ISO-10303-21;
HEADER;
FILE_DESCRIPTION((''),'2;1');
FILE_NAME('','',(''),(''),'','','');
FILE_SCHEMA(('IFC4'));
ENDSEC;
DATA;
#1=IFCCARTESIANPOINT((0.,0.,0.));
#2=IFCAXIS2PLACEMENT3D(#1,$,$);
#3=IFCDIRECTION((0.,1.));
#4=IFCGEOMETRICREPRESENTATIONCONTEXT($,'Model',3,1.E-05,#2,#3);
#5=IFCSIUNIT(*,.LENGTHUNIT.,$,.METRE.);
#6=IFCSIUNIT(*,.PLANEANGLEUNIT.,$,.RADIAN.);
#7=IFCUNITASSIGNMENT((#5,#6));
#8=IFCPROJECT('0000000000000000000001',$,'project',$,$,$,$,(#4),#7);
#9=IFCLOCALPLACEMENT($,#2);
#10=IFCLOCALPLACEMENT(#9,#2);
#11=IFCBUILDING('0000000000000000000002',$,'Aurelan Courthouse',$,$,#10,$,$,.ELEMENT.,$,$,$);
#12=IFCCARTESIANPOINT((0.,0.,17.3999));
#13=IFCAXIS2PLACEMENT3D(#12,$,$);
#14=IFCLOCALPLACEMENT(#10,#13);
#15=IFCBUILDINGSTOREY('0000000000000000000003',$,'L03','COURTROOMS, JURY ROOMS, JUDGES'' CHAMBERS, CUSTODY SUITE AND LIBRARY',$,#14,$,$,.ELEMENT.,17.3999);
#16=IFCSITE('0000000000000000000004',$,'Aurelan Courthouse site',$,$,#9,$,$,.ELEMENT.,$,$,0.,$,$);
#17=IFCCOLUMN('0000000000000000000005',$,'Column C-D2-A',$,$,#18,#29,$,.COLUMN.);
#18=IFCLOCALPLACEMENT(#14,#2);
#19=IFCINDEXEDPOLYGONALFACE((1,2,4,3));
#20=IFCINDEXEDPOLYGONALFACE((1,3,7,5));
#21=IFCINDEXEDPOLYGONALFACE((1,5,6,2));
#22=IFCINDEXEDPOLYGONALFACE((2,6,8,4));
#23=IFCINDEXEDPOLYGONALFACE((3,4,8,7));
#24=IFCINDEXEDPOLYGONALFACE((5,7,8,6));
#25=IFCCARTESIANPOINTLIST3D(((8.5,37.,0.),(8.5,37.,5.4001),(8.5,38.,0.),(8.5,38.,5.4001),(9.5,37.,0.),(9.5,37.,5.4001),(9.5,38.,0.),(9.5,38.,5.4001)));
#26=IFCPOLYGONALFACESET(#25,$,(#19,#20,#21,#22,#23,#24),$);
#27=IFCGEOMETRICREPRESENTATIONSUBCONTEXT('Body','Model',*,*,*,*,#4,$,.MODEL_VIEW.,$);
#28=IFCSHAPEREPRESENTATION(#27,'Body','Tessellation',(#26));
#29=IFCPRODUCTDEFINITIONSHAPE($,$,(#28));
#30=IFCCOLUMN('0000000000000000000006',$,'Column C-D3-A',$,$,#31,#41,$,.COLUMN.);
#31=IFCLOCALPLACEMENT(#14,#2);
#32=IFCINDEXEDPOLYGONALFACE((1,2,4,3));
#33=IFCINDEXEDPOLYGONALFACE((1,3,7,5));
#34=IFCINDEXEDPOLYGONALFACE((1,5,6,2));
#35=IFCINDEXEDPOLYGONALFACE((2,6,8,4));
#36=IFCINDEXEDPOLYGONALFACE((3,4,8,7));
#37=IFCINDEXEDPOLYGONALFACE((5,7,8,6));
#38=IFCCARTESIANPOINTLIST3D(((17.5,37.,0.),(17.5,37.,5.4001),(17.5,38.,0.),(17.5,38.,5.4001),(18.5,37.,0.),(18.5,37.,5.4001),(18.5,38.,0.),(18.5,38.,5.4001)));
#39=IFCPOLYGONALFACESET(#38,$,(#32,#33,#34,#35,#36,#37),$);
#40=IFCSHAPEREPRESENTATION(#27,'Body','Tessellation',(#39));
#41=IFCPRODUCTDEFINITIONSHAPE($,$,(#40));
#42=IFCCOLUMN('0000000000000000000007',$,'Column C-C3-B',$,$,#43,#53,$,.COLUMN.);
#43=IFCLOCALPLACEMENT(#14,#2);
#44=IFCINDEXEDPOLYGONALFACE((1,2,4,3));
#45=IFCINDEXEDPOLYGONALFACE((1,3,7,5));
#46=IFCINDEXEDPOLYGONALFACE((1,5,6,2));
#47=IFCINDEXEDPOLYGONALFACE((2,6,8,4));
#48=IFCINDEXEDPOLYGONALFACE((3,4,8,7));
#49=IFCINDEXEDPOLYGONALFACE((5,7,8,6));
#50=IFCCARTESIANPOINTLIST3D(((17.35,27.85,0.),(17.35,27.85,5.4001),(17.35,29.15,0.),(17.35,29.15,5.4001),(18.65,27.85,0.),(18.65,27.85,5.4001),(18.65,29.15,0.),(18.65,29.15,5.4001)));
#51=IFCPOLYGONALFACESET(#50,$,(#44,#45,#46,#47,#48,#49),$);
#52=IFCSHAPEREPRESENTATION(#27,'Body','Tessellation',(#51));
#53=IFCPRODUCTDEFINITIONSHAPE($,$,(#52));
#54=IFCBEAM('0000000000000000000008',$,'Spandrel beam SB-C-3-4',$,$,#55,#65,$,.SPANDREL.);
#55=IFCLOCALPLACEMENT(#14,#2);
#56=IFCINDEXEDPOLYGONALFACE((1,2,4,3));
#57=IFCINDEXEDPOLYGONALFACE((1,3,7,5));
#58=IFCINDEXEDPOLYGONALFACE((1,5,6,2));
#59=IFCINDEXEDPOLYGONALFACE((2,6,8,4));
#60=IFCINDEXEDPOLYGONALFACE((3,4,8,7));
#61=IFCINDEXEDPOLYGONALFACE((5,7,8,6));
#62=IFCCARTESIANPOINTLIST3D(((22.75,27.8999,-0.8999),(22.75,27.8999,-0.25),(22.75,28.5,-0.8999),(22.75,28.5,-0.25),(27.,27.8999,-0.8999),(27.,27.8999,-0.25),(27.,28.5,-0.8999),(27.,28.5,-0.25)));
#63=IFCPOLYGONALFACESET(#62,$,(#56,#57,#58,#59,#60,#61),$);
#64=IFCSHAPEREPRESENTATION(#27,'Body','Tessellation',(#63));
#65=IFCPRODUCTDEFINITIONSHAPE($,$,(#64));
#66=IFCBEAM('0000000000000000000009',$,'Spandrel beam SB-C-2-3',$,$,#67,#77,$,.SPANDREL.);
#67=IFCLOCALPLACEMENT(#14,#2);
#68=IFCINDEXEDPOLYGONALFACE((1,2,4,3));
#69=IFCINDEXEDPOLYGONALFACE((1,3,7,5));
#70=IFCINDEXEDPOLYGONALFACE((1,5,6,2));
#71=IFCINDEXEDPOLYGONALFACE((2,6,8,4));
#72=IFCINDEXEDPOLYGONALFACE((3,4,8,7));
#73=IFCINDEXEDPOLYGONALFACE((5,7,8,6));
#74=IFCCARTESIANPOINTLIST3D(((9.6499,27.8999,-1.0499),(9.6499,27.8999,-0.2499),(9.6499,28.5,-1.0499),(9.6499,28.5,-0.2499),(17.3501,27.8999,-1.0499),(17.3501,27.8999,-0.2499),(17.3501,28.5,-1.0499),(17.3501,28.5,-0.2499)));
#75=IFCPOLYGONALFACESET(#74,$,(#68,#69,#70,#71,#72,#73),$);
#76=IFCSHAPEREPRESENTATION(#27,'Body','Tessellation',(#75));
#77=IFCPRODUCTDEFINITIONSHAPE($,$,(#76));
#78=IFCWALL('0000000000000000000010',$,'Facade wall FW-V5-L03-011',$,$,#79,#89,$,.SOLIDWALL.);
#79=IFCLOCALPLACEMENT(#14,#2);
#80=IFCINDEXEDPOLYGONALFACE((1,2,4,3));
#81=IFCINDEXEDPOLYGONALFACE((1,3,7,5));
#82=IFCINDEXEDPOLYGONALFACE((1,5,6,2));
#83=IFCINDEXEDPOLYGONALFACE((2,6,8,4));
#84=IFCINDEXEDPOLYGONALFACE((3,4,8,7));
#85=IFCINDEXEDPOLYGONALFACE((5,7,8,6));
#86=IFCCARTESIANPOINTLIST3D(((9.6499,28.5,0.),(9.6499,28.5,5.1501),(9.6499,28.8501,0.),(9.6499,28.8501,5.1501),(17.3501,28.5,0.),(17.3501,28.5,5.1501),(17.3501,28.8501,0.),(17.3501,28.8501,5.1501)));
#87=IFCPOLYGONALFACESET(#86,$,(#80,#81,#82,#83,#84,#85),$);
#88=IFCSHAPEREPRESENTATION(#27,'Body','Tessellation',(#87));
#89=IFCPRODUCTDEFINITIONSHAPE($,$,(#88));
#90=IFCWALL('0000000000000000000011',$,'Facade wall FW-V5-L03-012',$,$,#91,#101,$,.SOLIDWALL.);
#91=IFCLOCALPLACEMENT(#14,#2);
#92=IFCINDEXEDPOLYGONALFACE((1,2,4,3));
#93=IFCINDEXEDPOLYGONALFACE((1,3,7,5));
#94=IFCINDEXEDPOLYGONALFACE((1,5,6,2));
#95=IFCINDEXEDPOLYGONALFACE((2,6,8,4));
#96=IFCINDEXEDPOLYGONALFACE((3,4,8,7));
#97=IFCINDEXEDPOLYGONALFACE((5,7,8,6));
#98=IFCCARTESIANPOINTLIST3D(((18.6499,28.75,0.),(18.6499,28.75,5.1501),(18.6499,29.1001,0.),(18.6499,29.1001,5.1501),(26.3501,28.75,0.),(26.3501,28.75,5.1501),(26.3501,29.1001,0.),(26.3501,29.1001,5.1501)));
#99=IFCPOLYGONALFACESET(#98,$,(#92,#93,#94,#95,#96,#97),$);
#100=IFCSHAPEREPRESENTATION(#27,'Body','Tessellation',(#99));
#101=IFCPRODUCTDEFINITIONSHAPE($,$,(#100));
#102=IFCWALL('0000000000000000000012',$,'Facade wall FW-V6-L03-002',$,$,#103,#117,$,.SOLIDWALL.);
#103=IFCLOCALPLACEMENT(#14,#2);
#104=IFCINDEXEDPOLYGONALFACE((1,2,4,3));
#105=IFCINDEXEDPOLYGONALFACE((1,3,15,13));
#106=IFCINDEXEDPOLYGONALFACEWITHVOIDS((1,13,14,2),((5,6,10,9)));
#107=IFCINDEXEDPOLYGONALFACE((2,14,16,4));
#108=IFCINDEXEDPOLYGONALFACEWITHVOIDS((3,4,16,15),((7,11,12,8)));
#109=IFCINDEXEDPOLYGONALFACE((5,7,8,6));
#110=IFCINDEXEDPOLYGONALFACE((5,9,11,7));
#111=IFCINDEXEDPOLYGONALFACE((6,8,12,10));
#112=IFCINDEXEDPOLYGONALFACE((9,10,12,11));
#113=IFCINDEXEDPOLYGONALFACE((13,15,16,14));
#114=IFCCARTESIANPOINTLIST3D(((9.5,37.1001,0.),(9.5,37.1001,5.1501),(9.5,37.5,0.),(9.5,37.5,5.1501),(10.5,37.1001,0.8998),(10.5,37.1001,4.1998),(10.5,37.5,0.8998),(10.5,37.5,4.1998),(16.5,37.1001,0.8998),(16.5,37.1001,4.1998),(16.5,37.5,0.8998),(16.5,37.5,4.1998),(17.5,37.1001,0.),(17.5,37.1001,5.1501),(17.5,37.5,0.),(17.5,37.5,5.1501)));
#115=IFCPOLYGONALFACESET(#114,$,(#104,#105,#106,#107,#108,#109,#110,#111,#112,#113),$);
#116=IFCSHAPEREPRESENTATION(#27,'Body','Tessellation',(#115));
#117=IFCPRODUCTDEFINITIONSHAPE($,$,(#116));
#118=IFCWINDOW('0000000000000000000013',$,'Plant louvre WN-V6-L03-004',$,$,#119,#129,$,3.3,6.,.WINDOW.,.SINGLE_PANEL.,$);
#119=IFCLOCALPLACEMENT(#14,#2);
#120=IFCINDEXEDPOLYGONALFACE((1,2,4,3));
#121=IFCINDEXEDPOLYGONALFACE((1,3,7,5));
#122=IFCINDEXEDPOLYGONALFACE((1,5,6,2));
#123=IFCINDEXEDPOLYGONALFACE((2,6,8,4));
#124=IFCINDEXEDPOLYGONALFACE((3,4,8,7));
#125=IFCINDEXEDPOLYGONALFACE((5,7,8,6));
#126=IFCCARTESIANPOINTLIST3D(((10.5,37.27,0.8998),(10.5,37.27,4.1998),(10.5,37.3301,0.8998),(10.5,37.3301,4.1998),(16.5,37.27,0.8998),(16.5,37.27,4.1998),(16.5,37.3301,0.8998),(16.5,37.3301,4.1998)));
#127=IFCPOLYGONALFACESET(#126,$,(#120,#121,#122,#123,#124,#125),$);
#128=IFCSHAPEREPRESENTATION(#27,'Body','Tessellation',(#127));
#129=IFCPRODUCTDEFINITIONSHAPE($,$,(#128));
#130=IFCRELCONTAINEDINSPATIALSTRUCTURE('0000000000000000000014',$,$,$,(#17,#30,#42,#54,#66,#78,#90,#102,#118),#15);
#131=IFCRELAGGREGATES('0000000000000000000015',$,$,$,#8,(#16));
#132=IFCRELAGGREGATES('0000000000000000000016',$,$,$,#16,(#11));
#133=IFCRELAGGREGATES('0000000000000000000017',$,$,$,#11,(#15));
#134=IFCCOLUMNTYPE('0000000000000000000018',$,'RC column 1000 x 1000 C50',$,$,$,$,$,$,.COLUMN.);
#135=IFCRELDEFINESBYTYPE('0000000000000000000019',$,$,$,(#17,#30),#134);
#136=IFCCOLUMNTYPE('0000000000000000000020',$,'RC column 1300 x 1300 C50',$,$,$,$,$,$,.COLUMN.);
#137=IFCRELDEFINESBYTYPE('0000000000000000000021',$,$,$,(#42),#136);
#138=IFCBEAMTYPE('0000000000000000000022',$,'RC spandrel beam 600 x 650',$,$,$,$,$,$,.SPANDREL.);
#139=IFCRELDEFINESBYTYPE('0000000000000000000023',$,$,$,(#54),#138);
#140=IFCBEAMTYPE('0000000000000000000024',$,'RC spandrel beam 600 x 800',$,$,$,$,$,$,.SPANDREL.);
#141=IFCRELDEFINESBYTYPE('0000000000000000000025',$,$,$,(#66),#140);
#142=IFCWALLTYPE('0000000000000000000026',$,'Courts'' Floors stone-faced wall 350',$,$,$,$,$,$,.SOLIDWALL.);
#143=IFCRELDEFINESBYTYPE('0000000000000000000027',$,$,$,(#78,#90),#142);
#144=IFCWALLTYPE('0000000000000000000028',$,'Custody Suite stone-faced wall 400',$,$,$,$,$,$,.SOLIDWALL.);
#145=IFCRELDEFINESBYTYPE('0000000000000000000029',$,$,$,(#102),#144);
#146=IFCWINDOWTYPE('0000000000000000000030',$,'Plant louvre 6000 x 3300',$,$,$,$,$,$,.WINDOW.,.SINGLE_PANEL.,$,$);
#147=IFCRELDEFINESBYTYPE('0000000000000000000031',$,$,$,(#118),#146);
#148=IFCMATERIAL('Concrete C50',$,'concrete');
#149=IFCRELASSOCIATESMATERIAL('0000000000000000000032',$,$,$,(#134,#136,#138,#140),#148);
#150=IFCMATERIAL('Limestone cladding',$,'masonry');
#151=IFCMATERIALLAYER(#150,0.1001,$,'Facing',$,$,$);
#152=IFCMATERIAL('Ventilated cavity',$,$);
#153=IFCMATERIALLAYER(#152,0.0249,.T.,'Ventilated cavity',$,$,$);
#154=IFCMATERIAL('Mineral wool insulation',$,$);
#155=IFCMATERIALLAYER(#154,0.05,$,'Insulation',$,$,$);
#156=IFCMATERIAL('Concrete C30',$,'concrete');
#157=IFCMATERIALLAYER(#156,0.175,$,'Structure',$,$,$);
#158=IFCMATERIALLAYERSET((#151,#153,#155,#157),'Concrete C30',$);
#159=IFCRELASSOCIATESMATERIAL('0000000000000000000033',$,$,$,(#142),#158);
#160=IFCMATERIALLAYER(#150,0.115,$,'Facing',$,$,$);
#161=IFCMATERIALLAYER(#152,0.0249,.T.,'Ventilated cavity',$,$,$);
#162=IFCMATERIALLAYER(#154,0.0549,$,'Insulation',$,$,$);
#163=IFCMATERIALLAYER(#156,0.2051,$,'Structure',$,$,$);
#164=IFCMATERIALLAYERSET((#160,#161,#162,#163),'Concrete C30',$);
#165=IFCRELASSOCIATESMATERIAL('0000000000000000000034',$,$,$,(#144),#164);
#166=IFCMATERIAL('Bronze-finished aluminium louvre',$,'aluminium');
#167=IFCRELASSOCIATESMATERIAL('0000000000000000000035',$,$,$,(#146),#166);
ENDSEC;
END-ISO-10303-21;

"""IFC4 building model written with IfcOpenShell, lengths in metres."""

from ifc_helpers import new_model, si_unit, direction, frame, frame_2d, origin, origin_2d, place, context, subcontext, project, spatial, rectangle, extrude, material, layer, layer_set, material_profile, profile_set, type_object, element, fill, save


model = new_model("IFC4")

# Units and contexts
model_context = context("Model", 3, precision=1e-05, world=origin(), true_north=direction((0.0, 1.0)))
body_context = subcontext(model_context, "Body", "Model", "MODEL_VIEW")
ifc_project = project(units=[si_unit("LENGTHUNIT", "METRE"), si_unit("PLANEANGLEUNIT", "RADIAN")], contexts=[model_context])

# Site, building, storey
site_placement = place(None, origin())
site = spatial("IfcSite", under=ifc_project, at=site_placement, Name="Aurelan Courthouse site", CompositionType="ELEMENT", RefElevation=0.0)
building_placement = place(site_placement, origin())
building = spatial("IfcBuilding", under=site, at=building_placement, Name="Aurelan Courthouse", CompositionType="ELEMENT")
storey_placement = place(building_placement, frame((0.0, 0.0, 17.3999)))
storey = spatial("IfcBuildingStorey", under=building, at=storey_placement, Name="L03", Description="COURTROOMS, JURY ROOMS, JUDGES' CHAMBERS, CUSTODY SUITE AND LIBRARY", CompositionType="ELEMENT", Elevation=17.3999)

# Columns
ifc_material_1 = material(Name="Concrete C50", Category="concrete")
ifc_material_profile_1 = material_profile(ifc_material_1, rectangle(XDim=1.0, YDim=1.0, at=origin_2d()), Name="RC 1000 x 1000")
ifc_profile_set_1 = profile_set([ifc_material_profile_1], Name="Concrete C50")
column_type_1 = type_object("IfcColumnType", Name="RC column 1000 x 1000 C50", PredefinedType="COLUMN", material=ifc_profile_set_1)
for number, where, z_axis, x_axis, name in (
    (1, (9.0, 37.5, 0.0), (0.0, 0.0, 1.0), (1.0, 0.0, 0.0), "Column C-D2-A"),
    (2, (18.0, 37.5, 0.0), (0.0, 0.0, 1.0), (1.0, 0.0, 0.0), "Column C-D3-A"),
):
    element("IfcColumn", number, at=place(storey_placement, frame(where, z_axis=z_axis, x_axis=x_axis)), inside=storey, type_object=column_type_1, Name=name, PredefinedType="COLUMN", context=body_context, shape_type="SweptSolid", body=[
        extrude(rectangle(XDim=1.0, YDim=1.0, at=origin_2d()), origin(), (0.0, 0.0, 1.0), 5.4001),
    ])
ifc_material_profile_2 = material_profile(ifc_material_1, rectangle(XDim=1.3, YDim=1.3, at=origin_2d()), Name="RC 1300 x 1300")
ifc_profile_set_2 = profile_set([ifc_material_profile_2], Name="Concrete C50")
column_type_2 = type_object("IfcColumnType", Name="RC column 1300 x 1300 C50", PredefinedType="COLUMN", material=ifc_profile_set_2)
column_placement = place(storey_placement, frame((18.0, 28.5, 0.0), z_axis=(0.0, 0.0, 1.0), x_axis=(1.0, 0.0, 0.0)))
element("IfcColumn", 3, at=column_placement, inside=storey, type_object=column_type_2, Name="Column C-C3-B", PredefinedType="COLUMN", context=body_context, shape_type="SweptSolid", body=[
    extrude(rectangle(XDim=1.3, YDim=1.3, at=origin_2d()), origin(), (0.0, 0.0, 1.0), 5.4001),
])

# Beams
ifc_material_profile_3 = material_profile(ifc_material_1, rectangle(XDim=0.6001, YDim=0.6499, at=origin_2d()), Name="RC 600 x 650")
ifc_profile_set_3 = profile_set([ifc_material_profile_3], Name="Concrete C50")
beam_type_1 = type_object("IfcBeamType", Name="RC spandrel beam 600 x 650", PredefinedType="SPANDREL", material=ifc_profile_set_3)
beam_1_placement = place(storey_placement, frame((22.75, 28.2, -0.575), z_axis=(1.0, 0.0, 0.0), x_axis=(0.0, 1.0, 0.0)))
element("IfcBeam", 4, at=beam_1_placement, inside=storey, type_object=beam_type_1, Name="Spandrel beam SB-C-3-4", PredefinedType="SPANDREL", context=body_context, shape_type="SweptSolid", body=[
    extrude(rectangle(XDim=0.6001, YDim=0.6499, at=origin_2d()), origin(), (0.0, 0.0, 1.0), 4.25),
])
ifc_material_profile_4 = material_profile(ifc_material_1, rectangle(XDim=0.6001, YDim=0.8, at=origin_2d()), Name="RC 600 x 800")
ifc_profile_set_4 = profile_set([ifc_material_profile_4], Name="Concrete C50")
beam_type_2 = type_object("IfcBeamType", Name="RC spandrel beam 600 x 800", PredefinedType="SPANDREL", material=ifc_profile_set_4)
beam_2_placement = place(storey_placement, frame((9.6499, 28.2, -0.6499), z_axis=(1.0, 0.0, 0.0), x_axis=(0.0, 1.0, 0.0)))
element("IfcBeam", 5, at=beam_2_placement, inside=storey, type_object=beam_type_2, Name="Spandrel beam SB-C-2-3", PredefinedType="SPANDREL", context=body_context, shape_type="SweptSolid", body=[
    extrude(rectangle(XDim=0.6001, YDim=0.8, at=origin_2d()), origin(), (0.0, 0.0, 1.0), 7.7002),
])

# Walls
ifc_material_2 = material(Name="Limestone cladding", Category="masonry")
ifc_layer_1 = layer(ifc_material_2, 0.1001, Name="Facing")
ifc_material_3 = material(Name="Ventilated cavity")
ifc_layer_2 = layer(ifc_material_3, 0.0249, ventilated=True, Name="Ventilated cavity")
ifc_material_4 = material(Name="Mineral wool insulation")
ifc_layer_3 = layer(ifc_material_4, 0.05, Name="Insulation")
ifc_material_5 = material(Name="Concrete C30", Category="concrete")
ifc_layer_4 = layer(ifc_material_5, 0.175, Name="Structure")
ifc_layer_set_1 = layer_set([ifc_layer_1, ifc_layer_2, ifc_layer_3, ifc_layer_4], Name="Concrete C30")
wall_type_1 = type_object("IfcWallType", Name="Courts' Floors stone-faced wall 350", PredefinedType="SOLIDWALL", material=ifc_layer_set_1)
for number, where, z_axis, x_axis, name in (
    (6, (9.6499, 28.675, 0.0), (0.0, 0.0, 1.0), (1.0, 0.0, 0.0), "Facade wall FW-V5-L03-011"),
    (7, (18.6499, 28.925, 0.0), (0.0, 0.0, 1.0), (1.0, 0.0, 0.0), "Facade wall FW-V5-L03-012"),
):
    element("IfcWall", number, at=place(storey_placement, frame(where, z_axis=z_axis, x_axis=x_axis)), inside=storey, type_object=wall_type_1, Name=name, PredefinedType="SOLIDWALL", context=body_context, shape_type="SweptSolid", body=[
        extrude(rectangle(XDim=7.7002, YDim=0.3501, at=frame_2d((3.8501, 0.0))), origin(), (0.0, 0.0, 1.0), 5.1501),
    ])

# Wall, opening, window
ifc_layer_5 = layer(ifc_material_2, 0.115, Name="Facing")
ifc_layer_6 = layer(ifc_material_3, 0.0249, ventilated=True, Name="Ventilated cavity")
ifc_layer_7 = layer(ifc_material_4, 0.0549, Name="Insulation")
ifc_layer_8 = layer(ifc_material_5, 0.2051, Name="Structure")
ifc_layer_set_2 = layer_set([ifc_layer_5, ifc_layer_6, ifc_layer_7, ifc_layer_8], Name="Concrete C30")
wall_type_2 = type_object("IfcWallType", Name="Custody Suite stone-faced wall 400", PredefinedType="SOLIDWALL", material=ifc_layer_set_2)
wall_1_placement = place(storey_placement, frame((9.5, 37.3, 0.0), z_axis=(0.0, 0.0, 1.0), x_axis=(1.0, 0.0, 0.0)))
wall_1 = element("IfcWall", 8, at=wall_1_placement, inside=storey, type_object=wall_type_2, Name="Facade wall FW-V6-L03-002", PredefinedType="SOLIDWALL", context=body_context, shape_type="SweptSolid", body=[
    extrude(rectangle(XDim=8.0, YDim=0.3999, at=frame_2d((4.0, 0.0))), origin(), (0.0, 0.0, 1.0), 5.1501),
])
opening_1_placement = place(wall_1_placement, frame((1.0, 0.0, 0.8999)))
opening_1 = element("IfcOpeningElement", 9, at=opening_1_placement, cuts=wall_1, PredefinedType="OPENING", context=body_context, shape_type="SweptSolid", body=[
    extrude(rectangle(XDim=6.0, YDim=3.3, at=frame_2d((3.0, 1.6499))), frame((0.0, 0.21, 0.0), z_axis=(0.0, -1.0, 0.0), x_axis=(1.0, 0.0, 0.0)), (0.0, 0.0, 1.0), 0.4199),
])
ifc_material_6 = material(Name="Bronze-finished aluminium louvre", Category="aluminium")
window_type_1 = type_object("IfcWindowType", Name="Plant louvre 6000 x 3300", PartitioningType="SINGLE_PANEL", PredefinedType="WINDOW", material=ifc_material_6)
window_1_placement = place(opening_1_placement, origin())
window_1 = element("IfcWindow", 10, at=window_1_placement, inside=storey, type_object=window_type_1, Name="Plant louvre WN-V6-L03-004", OverallHeight=3.3, OverallWidth=6.0, PartitioningType="SINGLE_PANEL", PredefinedType="WINDOW", context=body_context, shape_type="SweptSolid", body=[
    extrude(rectangle(XDim=6.0, YDim=3.3, at=frame_2d((3.0, 1.6499))), frame((0.0, 0.03, 0.0), z_axis=(0.0, -1.0, 0.0), x_axis=(1.0, 0.0, 0.0)), (0.0, 0.0, 1.0), 0.0601),
])
fill(opening_1, window_1)

save(model, "model.ifc")
